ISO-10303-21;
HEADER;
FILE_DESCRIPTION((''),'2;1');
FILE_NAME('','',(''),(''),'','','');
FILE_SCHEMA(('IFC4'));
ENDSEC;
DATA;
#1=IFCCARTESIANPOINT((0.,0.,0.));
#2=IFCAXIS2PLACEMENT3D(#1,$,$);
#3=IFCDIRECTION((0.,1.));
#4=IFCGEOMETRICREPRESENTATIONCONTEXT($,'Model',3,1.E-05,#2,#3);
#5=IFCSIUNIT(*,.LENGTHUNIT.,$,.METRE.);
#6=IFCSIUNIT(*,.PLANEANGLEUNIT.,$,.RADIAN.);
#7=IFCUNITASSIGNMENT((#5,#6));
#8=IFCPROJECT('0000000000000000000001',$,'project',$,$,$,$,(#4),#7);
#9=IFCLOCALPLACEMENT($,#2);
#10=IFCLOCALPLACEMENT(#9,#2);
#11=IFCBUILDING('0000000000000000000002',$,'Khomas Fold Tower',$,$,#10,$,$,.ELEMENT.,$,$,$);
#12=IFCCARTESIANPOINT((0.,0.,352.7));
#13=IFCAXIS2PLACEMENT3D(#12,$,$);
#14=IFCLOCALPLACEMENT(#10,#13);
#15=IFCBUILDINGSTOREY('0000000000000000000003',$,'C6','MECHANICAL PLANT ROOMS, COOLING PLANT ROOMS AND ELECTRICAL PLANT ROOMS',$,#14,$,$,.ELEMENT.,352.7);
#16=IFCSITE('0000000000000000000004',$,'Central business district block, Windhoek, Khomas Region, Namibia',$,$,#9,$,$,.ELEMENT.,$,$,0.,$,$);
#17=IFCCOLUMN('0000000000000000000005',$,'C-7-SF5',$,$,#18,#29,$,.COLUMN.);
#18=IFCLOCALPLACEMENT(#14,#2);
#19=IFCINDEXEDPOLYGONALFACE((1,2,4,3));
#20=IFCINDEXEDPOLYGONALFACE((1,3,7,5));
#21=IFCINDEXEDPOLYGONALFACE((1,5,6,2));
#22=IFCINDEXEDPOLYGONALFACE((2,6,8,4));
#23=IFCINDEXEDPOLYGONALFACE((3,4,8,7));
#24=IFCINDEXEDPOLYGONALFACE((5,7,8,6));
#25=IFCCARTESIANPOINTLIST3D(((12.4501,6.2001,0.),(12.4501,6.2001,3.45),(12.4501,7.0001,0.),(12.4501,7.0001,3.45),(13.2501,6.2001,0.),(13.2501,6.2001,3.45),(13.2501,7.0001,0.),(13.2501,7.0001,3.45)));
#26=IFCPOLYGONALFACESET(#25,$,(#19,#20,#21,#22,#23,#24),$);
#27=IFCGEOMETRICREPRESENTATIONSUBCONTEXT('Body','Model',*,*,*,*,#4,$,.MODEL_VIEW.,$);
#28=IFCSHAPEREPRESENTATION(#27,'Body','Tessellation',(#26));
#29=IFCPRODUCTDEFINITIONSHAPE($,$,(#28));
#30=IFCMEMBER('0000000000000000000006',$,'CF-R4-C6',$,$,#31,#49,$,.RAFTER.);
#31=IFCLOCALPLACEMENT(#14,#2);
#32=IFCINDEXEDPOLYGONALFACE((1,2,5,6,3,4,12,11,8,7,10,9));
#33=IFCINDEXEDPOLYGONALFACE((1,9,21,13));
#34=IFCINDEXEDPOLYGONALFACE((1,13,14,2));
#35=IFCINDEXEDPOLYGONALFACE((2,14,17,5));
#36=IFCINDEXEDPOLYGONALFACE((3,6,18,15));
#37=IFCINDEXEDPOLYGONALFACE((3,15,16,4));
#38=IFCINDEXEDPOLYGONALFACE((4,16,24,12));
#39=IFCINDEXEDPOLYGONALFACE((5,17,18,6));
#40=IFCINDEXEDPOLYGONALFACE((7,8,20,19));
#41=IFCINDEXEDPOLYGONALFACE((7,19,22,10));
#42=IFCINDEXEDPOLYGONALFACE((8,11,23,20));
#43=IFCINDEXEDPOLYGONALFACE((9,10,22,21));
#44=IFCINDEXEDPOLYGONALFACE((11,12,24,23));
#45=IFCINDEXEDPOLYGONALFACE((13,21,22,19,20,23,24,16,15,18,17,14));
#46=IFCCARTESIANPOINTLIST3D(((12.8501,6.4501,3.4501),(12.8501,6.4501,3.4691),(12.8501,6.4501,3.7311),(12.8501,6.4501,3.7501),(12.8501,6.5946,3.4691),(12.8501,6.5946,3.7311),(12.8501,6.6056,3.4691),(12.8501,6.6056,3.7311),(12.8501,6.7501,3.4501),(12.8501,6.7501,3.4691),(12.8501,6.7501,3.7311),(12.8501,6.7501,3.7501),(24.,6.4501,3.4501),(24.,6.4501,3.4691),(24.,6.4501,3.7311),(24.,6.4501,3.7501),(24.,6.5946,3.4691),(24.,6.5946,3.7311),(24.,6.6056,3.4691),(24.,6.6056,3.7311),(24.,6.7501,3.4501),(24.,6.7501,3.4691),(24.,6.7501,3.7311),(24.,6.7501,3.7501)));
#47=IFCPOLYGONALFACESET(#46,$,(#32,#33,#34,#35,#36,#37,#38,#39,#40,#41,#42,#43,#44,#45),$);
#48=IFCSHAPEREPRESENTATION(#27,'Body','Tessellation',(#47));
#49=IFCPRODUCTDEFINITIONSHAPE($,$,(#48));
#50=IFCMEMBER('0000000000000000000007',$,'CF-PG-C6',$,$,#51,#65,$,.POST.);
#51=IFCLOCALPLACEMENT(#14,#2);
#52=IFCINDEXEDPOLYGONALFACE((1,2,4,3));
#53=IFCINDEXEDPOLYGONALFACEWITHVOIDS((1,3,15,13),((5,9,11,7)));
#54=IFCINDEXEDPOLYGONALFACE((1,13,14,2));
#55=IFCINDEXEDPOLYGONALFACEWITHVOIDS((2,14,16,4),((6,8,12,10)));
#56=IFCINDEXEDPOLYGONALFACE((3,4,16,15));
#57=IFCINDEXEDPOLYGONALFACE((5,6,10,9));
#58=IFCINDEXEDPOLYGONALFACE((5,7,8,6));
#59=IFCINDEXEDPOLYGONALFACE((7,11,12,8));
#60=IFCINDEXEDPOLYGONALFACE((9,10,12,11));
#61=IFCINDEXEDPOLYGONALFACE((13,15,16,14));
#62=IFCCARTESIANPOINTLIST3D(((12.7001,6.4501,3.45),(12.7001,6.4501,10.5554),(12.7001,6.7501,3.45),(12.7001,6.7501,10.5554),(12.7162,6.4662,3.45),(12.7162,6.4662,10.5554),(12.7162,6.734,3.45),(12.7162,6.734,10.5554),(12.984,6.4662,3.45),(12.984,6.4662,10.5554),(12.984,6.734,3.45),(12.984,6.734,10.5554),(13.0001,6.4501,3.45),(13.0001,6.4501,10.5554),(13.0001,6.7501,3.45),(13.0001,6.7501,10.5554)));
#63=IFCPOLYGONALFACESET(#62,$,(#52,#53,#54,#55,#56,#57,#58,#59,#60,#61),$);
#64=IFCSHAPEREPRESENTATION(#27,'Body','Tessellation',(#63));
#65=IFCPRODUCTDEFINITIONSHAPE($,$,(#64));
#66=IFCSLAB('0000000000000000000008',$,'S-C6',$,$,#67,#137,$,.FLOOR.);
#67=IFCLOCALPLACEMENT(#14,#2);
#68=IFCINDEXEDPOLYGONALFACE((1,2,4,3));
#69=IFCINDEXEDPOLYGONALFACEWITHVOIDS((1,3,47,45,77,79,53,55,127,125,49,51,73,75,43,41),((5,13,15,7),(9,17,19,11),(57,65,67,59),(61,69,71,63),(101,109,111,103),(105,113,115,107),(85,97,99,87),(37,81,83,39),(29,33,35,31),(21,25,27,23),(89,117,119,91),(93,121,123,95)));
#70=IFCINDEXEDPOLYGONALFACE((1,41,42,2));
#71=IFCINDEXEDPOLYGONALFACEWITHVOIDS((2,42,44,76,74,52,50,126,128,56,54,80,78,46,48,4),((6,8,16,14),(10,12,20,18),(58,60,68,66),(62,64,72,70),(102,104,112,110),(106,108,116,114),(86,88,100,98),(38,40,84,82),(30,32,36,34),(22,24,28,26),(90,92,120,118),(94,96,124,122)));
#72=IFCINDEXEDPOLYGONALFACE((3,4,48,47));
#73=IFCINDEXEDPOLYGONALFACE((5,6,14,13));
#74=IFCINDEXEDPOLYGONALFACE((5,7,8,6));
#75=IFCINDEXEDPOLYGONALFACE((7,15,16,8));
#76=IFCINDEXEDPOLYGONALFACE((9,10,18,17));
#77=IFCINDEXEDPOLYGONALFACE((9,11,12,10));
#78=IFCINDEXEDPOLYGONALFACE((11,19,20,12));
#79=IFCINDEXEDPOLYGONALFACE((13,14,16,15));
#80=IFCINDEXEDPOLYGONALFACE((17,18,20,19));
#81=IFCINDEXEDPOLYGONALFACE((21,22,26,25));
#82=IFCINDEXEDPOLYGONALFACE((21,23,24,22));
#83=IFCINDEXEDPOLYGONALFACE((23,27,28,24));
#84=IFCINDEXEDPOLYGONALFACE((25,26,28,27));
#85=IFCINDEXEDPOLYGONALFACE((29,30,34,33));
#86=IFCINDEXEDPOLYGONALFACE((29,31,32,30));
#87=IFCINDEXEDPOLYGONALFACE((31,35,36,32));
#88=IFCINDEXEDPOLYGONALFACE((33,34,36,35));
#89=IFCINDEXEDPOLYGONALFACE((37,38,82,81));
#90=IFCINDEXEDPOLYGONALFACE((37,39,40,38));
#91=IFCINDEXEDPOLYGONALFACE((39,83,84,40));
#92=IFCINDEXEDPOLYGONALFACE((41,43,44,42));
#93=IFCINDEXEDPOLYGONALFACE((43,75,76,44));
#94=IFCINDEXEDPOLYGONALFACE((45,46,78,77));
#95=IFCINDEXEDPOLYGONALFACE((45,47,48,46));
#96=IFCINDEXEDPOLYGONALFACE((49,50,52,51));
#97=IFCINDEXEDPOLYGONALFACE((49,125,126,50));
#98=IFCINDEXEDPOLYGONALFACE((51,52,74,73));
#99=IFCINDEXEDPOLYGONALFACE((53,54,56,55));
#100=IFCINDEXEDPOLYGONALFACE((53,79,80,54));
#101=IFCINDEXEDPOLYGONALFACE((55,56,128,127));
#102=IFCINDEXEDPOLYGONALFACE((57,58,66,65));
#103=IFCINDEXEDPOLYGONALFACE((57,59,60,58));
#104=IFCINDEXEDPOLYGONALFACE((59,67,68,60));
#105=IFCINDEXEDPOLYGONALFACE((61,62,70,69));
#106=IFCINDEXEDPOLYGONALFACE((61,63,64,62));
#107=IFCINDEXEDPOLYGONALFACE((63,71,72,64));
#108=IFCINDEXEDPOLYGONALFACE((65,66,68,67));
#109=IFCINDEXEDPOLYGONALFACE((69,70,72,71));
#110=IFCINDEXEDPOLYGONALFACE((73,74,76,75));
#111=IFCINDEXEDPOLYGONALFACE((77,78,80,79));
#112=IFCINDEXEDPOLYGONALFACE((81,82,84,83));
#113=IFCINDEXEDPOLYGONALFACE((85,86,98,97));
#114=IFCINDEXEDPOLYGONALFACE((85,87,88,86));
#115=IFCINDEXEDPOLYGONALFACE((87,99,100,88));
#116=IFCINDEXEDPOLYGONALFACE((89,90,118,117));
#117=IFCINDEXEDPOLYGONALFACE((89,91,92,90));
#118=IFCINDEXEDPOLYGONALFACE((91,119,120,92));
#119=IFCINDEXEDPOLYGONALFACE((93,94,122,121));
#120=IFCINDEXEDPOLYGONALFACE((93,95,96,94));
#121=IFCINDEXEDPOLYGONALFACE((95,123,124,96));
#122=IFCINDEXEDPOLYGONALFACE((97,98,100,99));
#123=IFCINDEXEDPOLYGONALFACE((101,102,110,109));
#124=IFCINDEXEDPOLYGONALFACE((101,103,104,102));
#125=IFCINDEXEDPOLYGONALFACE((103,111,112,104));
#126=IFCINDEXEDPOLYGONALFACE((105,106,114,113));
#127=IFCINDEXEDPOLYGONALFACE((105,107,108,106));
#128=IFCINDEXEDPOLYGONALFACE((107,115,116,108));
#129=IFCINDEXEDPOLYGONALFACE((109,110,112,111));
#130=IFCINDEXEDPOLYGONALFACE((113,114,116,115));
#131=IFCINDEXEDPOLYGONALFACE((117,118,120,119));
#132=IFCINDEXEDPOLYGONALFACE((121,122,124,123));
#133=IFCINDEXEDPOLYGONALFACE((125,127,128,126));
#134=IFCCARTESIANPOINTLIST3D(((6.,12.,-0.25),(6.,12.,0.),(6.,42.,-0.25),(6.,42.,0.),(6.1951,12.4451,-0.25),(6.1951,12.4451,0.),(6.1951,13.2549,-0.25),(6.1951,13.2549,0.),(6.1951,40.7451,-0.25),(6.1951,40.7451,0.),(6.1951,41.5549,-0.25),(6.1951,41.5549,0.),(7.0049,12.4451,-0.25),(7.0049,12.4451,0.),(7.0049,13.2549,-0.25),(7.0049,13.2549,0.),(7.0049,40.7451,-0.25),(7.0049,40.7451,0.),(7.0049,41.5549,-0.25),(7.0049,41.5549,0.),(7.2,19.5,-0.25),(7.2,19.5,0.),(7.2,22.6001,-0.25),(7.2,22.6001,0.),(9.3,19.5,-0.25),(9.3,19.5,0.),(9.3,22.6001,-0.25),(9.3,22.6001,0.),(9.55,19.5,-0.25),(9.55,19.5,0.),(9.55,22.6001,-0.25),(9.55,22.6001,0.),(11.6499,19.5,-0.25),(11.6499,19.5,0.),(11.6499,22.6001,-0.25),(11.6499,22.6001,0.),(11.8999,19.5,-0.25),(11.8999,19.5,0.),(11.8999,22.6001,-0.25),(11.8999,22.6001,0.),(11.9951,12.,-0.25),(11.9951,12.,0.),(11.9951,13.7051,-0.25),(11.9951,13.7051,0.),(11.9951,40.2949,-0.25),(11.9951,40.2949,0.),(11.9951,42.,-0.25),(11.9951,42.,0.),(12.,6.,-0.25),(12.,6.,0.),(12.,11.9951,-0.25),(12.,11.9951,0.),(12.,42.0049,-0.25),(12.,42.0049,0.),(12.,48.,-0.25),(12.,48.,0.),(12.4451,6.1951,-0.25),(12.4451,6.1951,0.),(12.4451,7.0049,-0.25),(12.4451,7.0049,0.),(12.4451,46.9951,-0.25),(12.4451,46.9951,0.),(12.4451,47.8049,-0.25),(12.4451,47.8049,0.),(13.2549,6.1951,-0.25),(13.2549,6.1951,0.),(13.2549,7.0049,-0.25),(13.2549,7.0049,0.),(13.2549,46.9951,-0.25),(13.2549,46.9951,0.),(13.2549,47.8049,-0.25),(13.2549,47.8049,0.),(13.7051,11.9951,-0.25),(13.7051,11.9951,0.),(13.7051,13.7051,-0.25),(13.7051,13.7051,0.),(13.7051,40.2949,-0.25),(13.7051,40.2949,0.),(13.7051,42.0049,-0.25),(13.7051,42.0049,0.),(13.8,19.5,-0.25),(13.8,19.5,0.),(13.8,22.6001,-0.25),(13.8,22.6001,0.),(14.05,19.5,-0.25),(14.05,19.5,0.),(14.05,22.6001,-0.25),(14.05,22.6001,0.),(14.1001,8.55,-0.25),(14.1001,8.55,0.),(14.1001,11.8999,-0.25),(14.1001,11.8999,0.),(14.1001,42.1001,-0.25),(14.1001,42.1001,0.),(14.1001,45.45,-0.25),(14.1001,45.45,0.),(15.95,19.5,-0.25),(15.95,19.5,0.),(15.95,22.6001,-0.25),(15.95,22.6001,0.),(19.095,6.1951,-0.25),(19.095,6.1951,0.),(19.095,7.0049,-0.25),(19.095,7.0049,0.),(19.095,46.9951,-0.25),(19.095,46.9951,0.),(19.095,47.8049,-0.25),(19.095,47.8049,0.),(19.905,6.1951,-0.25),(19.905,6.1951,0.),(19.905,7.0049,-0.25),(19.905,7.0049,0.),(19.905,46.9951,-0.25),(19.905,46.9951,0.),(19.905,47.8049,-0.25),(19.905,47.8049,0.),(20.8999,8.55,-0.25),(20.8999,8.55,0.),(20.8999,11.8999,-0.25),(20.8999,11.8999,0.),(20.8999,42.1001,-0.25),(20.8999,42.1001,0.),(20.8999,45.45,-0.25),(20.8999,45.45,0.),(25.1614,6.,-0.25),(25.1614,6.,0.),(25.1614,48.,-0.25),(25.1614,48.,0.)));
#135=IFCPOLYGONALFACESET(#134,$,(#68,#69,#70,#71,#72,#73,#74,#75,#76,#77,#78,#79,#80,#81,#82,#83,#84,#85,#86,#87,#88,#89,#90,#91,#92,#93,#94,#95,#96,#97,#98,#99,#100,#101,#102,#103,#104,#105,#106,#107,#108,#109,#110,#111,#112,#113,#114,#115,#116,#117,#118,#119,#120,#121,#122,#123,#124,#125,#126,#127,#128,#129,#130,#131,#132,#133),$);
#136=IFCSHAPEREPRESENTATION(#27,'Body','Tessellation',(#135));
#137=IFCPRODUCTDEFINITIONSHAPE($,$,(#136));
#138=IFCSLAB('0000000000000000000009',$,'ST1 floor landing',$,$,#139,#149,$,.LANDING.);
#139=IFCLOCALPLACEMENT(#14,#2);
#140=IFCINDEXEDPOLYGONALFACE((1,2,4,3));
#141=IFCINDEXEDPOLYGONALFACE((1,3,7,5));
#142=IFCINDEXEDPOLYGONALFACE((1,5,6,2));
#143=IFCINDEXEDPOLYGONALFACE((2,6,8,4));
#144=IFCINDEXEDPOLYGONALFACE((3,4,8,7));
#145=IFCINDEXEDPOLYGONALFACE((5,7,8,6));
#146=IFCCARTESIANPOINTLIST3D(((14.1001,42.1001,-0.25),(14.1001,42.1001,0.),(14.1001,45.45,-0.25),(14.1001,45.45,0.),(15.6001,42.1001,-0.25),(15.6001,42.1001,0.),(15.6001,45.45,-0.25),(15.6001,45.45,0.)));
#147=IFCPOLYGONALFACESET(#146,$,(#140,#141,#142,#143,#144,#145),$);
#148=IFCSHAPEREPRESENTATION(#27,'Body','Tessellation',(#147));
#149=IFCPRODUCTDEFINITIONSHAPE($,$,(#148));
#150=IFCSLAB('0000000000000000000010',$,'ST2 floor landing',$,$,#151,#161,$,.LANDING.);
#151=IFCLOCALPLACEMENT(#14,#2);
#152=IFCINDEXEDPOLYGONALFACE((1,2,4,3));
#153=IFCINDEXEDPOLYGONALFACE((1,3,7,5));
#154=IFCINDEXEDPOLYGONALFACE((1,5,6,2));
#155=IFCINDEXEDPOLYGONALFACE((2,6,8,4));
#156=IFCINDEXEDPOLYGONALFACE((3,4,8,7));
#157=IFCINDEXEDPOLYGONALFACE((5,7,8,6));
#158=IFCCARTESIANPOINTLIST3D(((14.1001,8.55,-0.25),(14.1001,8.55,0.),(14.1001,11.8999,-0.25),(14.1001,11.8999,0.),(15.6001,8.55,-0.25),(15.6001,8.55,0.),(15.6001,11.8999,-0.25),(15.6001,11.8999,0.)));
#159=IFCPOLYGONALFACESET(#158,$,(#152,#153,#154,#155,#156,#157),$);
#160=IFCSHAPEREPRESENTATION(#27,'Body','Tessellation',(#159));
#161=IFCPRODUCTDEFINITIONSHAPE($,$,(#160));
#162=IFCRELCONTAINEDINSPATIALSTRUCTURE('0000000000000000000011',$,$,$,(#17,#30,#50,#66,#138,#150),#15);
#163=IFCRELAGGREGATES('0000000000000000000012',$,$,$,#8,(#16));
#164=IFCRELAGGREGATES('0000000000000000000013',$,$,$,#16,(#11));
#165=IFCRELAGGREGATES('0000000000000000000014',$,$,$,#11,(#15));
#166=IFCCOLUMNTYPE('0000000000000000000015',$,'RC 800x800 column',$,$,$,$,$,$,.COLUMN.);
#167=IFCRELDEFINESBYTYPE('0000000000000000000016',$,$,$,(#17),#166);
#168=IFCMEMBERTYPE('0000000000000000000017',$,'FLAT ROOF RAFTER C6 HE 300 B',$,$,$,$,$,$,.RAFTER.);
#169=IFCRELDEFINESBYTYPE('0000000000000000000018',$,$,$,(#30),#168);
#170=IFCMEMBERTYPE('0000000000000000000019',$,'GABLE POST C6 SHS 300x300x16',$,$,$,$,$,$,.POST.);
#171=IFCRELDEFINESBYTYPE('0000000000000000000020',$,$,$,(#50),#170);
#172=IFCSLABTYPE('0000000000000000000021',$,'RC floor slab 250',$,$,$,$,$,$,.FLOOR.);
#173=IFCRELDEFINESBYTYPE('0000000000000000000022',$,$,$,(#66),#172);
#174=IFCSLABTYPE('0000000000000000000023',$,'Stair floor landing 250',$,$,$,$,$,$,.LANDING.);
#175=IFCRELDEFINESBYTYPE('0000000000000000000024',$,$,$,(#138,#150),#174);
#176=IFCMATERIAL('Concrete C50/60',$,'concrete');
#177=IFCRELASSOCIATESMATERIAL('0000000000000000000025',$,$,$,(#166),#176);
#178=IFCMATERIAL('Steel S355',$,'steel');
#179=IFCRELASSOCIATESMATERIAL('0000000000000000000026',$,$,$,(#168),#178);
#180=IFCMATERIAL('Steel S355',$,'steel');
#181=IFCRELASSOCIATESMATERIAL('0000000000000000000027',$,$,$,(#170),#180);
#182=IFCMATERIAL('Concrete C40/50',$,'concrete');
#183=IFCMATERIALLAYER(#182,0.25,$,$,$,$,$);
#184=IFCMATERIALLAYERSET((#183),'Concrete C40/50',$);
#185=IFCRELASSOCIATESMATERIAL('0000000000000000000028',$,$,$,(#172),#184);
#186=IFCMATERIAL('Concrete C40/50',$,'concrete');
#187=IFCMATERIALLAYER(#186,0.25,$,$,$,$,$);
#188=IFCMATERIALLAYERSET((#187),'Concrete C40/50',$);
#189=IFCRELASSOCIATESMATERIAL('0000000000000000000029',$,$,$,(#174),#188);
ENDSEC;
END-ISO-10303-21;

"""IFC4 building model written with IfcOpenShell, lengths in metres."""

from ifc_helpers import new_model, si_unit, direction, frame, origin, origin_2d, place, context, subcontext, project, spatial, polyline, rectangle, hollow_rectangle, i_section, outline, extrude, source, transform, mapped, material, layer, layer_set, material_profile, profile_set, type_object, element, save


model = new_model("IFC4")

# Units and contexts
model_context = context("Model", 3, precision=1e-05, world=origin(), true_north=direction((0.0, 1.0)))
body_context = subcontext(model_context, "Body", "Model", "MODEL_VIEW")
ifc_project = project(units=[si_unit("LENGTHUNIT", "METRE"), si_unit("PLANEANGLEUNIT", "RADIAN")], contexts=[model_context])

# Site, building, storey
site_placement = place(None, origin())
site = spatial("IfcSite", under=ifc_project, at=site_placement, Name="Central business district block, Windhoek, Khomas Region, Namibia", CompositionType="ELEMENT", RefElevation=0.0)
building_placement = place(site_placement, origin())
building = spatial("IfcBuilding", under=site, at=building_placement, Name="Khomas Fold Tower", CompositionType="ELEMENT")
storey_placement = place(building_placement, frame((0.0, 0.0, 352.7)))
storey = spatial("IfcBuildingStorey", under=building, at=storey_placement, Name="C6", Description="MECHANICAL PLANT ROOMS, COOLING PLANT ROOMS AND ELECTRICAL PLANT ROOMS", CompositionType="ELEMENT", Elevation=352.7)

# Column
ifc_material_1 = material(Name="Concrete C50/60", Category="concrete")
ifc_material_profile_1 = material_profile(ifc_material_1, rectangle(XDim=0.8, YDim=0.8, at=origin_2d()), Name="RC 800x800")
ifc_profile_set_1 = profile_set([ifc_material_profile_1], Name="Concrete C50/60")
column_type = type_object("IfcColumnType", Name="RC 800x800 column", PredefinedType="COLUMN", material=ifc_profile_set_1)
shared_shape_1 = source(origin(), body_context, "Body", "SweptSolid", [
    extrude(rectangle(XDim=0.8, YDim=0.8, at=origin_2d()), origin(), (0.0, 0.0, 1.0), 3.45),
])
column_placement = place(storey_placement, frame((12.8501, 6.6001, 0.0), z_axis=(0.0, 0.0, 1.0), x_axis=(1.0, 0.0, 0.0)))
element("IfcColumn", 1, at=column_placement, inside=storey, type_object=column_type, Name="C-7-SF5", PredefinedType="COLUMN", context=body_context, shape_type="MappedRepresentation", body=[
    mapped(shared_shape_1, transform((0.0, 0.0, 0.0))),
])

# Members
ifc_material_2 = material(Name="Steel S355", Category="steel")
ifc_material_profile_2 = material_profile(ifc_material_2, i_section(OverallWidth=0.3, OverallDepth=0.3, WebThickness=0.011, FlangeThickness=0.019, at=origin_2d()), Name="HE 300 B")
ifc_profile_set_2 = profile_set([ifc_material_profile_2], Name="Steel S355")
member_type_1 = type_object("IfcMemberType", Name="FLAT ROOF RAFTER C6 HE 300 B", PredefinedType="RAFTER", material=ifc_profile_set_2)
shared_shape_2 = source(origin(), body_context, "Body", "SweptSolid", [
    extrude(i_section(OverallWidth=0.3, OverallDepth=0.3, WebThickness=0.011, FlangeThickness=0.019, at=origin_2d()), origin(), (0.0, 0.0, 1.0), 11.1499),
])
member_1_placement = place(storey_placement, frame((12.8501, 6.6001, 3.6001), z_axis=(1.0, 0.0, 0.0), x_axis=(0.0, 1.0, 0.0)))
element("IfcMember", 2, at=member_1_placement, inside=storey, type_object=member_type_1, Name="CF-R4-C6", PredefinedType="RAFTER", context=body_context, shape_type="MappedRepresentation", body=[
    mapped(shared_shape_2, transform((0.0, 0.0, 0.0))),
])
ifc_material_3 = material(Name="Steel S355", Category="steel")
ifc_material_profile_3 = material_profile(ifc_material_3, hollow_rectangle(XDim=0.3, YDim=0.3, WallThickness=0.0161, at=origin_2d()), Name="SHS 300x300x16")
ifc_profile_set_3 = profile_set([ifc_material_profile_3], Name="Steel S355")
member_type_2 = type_object("IfcMemberType", Name="GABLE POST C6 SHS 300x300x16", PredefinedType="POST", material=ifc_profile_set_3)
shared_shape_3 = source(origin(), body_context, "Body", "SweptSolid", [
    extrude(hollow_rectangle(XDim=0.3, YDim=0.3, WallThickness=0.0161, at=origin_2d()), origin(), (0.0, 0.0, 1.0), 7.1055),
])
member_2_placement = place(storey_placement, frame((12.8501, 6.6001, 3.45), z_axis=(0.0, 0.0, 1.0), x_axis=(1.0, 0.0, 0.0)))
element("IfcMember", 3, at=member_2_placement, inside=storey, type_object=member_type_2, Name="CF-PG-C6", PredefinedType="POST", context=body_context, shape_type="MappedRepresentation", body=[
    mapped(shared_shape_3, transform((0.0, 0.0, 0.0))),
])

# Slabs
ifc_material_4 = material(Name="Concrete C40/50", Category="concrete")
ifc_layer_1 = layer(ifc_material_4, 0.25)
ifc_layer_set_1 = layer_set([ifc_layer_1], Name="Concrete C40/50")
slab_type_1 = type_object("IfcSlabType", Name="RC floor slab 250", PredefinedType="FLOOR", material=ifc_layer_set_1)
shared_shape_4 = source(origin(), body_context, "Body", "SweptSolid", [
    extrude(outline(polyline([(6.0, 12.0), (11.9951, 12.0), (11.9951, 13.7051), (13.7051, 13.7051), (13.7051, 11.9951), (12.0, 11.9951), (12.0, 6.0), (25.1614, 6.0), (25.1614, 48.0), (12.0, 48.0), (12.0, 42.0049), (13.7051, 42.0049), (13.7051, 40.2949), (11.9951, 40.2949), (11.9951, 42.0), (6.0, 42.0), (6.0, 12.0)]), holes=[polyline([(6.1951, 12.4451), (6.1951, 13.2549), (7.0049, 13.2549), (7.0049, 12.4451), (6.1951, 12.4451)]), polyline([(6.1951, 40.7451), (6.1951, 41.5549), (7.0049, 41.5549), (7.0049, 40.7451), (6.1951, 40.7451)]), polyline([(7.2, 19.5), (7.2, 22.6001), (9.3, 22.6001), (9.3, 19.5), (7.2, 19.5)]), polyline([(9.55, 19.5), (9.55, 22.6001), (11.6499, 22.6001), (11.6499, 19.5), (9.55, 19.5)]), polyline([(11.8999, 19.5), (11.8999, 22.6001), (13.8, 22.6001), (13.8, 19.5), (11.8999, 19.5)]), polyline([(12.4451, 6.1951), (12.4451, 7.0049), (13.2549, 7.0049), (13.2549, 6.1951), (12.4451, 6.1951)]), polyline([(12.4451, 46.9951), (12.4451, 47.8049), (13.2549, 47.8049), (13.2549, 46.9951), (12.4451, 46.9951)]), polyline([(14.05, 19.5), (14.05, 22.6001), (15.95, 22.6001), (15.95, 19.5), (14.05, 19.5)]), polyline([(14.1001, 8.55), (14.1001, 11.8999), (20.8999, 11.8999), (20.8999, 8.55), (14.1001, 8.55)]), polyline([(14.1001, 42.1001), (14.1001, 45.45), (20.8999, 45.45), (20.8999, 42.1001), (14.1001, 42.1001)]), polyline([(19.095, 6.1951), (19.095, 7.0049), (19.905, 7.0049), (19.905, 6.1951), (19.095, 6.1951)]), polyline([(19.095, 46.9951), (19.095, 47.8049), (19.905, 47.8049), (19.905, 46.9951), (19.095, 46.9951)])]), origin(), (0.0, 0.0, 1.0), 0.25),
])
slab_1_placement = place(storey_placement, frame((0.0, 0.0, -0.25)))
element("IfcSlab", 4, at=slab_1_placement, inside=storey, type_object=slab_type_1, Name="S-C6", PredefinedType="FLOOR", context=body_context, shape_type="MappedRepresentation", body=[
    mapped(shared_shape_4, transform((0.0, 0.0, 0.0))),
])
ifc_material_5 = material(Name="Concrete C40/50", Category="concrete")
ifc_layer_2 = layer(ifc_material_5, 0.25)
ifc_layer_set_2 = layer_set([ifc_layer_2], Name="Concrete C40/50")
slab_type_2 = type_object("IfcSlabType", Name="Stair floor landing 250", PredefinedType="LANDING", material=ifc_layer_set_2)
shared_shape_5 = source(origin(), body_context, "Body", "SweptSolid", [
    extrude(outline(polyline([(14.1001, 45.45), (15.6001, 45.45), (15.6001, 42.1001), (14.1001, 42.1001), (14.1001, 45.45)])), origin(), (0.0, 0.0, 1.0), 0.25),
])
slab_2_placement = place(storey_placement, frame((0.0, 0.0, -0.25)))
element("IfcSlab", 5, at=slab_2_placement, inside=storey, type_object=slab_type_2, Name="ST1 floor landing", PredefinedType="LANDING", context=body_context, shape_type="MappedRepresentation", body=[
    mapped(shared_shape_5, transform((0.0, 0.0, 0.0))),
])
shared_shape_6 = source(origin(), body_context, "Body", "SweptSolid", [
    extrude(outline(polyline([(14.1001, 11.8999), (15.6001, 11.8999), (15.6001, 8.55), (14.1001, 8.55), (14.1001, 11.8999)])), origin(), (0.0, 0.0, 1.0), 0.25),
])
slab_3_placement = place(storey_placement, frame((0.0, 0.0, -0.25)))
element("IfcSlab", 6, at=slab_3_placement, inside=storey, type_object=slab_type_2, Name="ST2 floor landing", PredefinedType="LANDING", context=body_context, shape_type="MappedRepresentation", body=[
    mapped(shared_shape_6, transform((0.0, 0.0, 0.0))),
])

save(model, "model.ifc")
